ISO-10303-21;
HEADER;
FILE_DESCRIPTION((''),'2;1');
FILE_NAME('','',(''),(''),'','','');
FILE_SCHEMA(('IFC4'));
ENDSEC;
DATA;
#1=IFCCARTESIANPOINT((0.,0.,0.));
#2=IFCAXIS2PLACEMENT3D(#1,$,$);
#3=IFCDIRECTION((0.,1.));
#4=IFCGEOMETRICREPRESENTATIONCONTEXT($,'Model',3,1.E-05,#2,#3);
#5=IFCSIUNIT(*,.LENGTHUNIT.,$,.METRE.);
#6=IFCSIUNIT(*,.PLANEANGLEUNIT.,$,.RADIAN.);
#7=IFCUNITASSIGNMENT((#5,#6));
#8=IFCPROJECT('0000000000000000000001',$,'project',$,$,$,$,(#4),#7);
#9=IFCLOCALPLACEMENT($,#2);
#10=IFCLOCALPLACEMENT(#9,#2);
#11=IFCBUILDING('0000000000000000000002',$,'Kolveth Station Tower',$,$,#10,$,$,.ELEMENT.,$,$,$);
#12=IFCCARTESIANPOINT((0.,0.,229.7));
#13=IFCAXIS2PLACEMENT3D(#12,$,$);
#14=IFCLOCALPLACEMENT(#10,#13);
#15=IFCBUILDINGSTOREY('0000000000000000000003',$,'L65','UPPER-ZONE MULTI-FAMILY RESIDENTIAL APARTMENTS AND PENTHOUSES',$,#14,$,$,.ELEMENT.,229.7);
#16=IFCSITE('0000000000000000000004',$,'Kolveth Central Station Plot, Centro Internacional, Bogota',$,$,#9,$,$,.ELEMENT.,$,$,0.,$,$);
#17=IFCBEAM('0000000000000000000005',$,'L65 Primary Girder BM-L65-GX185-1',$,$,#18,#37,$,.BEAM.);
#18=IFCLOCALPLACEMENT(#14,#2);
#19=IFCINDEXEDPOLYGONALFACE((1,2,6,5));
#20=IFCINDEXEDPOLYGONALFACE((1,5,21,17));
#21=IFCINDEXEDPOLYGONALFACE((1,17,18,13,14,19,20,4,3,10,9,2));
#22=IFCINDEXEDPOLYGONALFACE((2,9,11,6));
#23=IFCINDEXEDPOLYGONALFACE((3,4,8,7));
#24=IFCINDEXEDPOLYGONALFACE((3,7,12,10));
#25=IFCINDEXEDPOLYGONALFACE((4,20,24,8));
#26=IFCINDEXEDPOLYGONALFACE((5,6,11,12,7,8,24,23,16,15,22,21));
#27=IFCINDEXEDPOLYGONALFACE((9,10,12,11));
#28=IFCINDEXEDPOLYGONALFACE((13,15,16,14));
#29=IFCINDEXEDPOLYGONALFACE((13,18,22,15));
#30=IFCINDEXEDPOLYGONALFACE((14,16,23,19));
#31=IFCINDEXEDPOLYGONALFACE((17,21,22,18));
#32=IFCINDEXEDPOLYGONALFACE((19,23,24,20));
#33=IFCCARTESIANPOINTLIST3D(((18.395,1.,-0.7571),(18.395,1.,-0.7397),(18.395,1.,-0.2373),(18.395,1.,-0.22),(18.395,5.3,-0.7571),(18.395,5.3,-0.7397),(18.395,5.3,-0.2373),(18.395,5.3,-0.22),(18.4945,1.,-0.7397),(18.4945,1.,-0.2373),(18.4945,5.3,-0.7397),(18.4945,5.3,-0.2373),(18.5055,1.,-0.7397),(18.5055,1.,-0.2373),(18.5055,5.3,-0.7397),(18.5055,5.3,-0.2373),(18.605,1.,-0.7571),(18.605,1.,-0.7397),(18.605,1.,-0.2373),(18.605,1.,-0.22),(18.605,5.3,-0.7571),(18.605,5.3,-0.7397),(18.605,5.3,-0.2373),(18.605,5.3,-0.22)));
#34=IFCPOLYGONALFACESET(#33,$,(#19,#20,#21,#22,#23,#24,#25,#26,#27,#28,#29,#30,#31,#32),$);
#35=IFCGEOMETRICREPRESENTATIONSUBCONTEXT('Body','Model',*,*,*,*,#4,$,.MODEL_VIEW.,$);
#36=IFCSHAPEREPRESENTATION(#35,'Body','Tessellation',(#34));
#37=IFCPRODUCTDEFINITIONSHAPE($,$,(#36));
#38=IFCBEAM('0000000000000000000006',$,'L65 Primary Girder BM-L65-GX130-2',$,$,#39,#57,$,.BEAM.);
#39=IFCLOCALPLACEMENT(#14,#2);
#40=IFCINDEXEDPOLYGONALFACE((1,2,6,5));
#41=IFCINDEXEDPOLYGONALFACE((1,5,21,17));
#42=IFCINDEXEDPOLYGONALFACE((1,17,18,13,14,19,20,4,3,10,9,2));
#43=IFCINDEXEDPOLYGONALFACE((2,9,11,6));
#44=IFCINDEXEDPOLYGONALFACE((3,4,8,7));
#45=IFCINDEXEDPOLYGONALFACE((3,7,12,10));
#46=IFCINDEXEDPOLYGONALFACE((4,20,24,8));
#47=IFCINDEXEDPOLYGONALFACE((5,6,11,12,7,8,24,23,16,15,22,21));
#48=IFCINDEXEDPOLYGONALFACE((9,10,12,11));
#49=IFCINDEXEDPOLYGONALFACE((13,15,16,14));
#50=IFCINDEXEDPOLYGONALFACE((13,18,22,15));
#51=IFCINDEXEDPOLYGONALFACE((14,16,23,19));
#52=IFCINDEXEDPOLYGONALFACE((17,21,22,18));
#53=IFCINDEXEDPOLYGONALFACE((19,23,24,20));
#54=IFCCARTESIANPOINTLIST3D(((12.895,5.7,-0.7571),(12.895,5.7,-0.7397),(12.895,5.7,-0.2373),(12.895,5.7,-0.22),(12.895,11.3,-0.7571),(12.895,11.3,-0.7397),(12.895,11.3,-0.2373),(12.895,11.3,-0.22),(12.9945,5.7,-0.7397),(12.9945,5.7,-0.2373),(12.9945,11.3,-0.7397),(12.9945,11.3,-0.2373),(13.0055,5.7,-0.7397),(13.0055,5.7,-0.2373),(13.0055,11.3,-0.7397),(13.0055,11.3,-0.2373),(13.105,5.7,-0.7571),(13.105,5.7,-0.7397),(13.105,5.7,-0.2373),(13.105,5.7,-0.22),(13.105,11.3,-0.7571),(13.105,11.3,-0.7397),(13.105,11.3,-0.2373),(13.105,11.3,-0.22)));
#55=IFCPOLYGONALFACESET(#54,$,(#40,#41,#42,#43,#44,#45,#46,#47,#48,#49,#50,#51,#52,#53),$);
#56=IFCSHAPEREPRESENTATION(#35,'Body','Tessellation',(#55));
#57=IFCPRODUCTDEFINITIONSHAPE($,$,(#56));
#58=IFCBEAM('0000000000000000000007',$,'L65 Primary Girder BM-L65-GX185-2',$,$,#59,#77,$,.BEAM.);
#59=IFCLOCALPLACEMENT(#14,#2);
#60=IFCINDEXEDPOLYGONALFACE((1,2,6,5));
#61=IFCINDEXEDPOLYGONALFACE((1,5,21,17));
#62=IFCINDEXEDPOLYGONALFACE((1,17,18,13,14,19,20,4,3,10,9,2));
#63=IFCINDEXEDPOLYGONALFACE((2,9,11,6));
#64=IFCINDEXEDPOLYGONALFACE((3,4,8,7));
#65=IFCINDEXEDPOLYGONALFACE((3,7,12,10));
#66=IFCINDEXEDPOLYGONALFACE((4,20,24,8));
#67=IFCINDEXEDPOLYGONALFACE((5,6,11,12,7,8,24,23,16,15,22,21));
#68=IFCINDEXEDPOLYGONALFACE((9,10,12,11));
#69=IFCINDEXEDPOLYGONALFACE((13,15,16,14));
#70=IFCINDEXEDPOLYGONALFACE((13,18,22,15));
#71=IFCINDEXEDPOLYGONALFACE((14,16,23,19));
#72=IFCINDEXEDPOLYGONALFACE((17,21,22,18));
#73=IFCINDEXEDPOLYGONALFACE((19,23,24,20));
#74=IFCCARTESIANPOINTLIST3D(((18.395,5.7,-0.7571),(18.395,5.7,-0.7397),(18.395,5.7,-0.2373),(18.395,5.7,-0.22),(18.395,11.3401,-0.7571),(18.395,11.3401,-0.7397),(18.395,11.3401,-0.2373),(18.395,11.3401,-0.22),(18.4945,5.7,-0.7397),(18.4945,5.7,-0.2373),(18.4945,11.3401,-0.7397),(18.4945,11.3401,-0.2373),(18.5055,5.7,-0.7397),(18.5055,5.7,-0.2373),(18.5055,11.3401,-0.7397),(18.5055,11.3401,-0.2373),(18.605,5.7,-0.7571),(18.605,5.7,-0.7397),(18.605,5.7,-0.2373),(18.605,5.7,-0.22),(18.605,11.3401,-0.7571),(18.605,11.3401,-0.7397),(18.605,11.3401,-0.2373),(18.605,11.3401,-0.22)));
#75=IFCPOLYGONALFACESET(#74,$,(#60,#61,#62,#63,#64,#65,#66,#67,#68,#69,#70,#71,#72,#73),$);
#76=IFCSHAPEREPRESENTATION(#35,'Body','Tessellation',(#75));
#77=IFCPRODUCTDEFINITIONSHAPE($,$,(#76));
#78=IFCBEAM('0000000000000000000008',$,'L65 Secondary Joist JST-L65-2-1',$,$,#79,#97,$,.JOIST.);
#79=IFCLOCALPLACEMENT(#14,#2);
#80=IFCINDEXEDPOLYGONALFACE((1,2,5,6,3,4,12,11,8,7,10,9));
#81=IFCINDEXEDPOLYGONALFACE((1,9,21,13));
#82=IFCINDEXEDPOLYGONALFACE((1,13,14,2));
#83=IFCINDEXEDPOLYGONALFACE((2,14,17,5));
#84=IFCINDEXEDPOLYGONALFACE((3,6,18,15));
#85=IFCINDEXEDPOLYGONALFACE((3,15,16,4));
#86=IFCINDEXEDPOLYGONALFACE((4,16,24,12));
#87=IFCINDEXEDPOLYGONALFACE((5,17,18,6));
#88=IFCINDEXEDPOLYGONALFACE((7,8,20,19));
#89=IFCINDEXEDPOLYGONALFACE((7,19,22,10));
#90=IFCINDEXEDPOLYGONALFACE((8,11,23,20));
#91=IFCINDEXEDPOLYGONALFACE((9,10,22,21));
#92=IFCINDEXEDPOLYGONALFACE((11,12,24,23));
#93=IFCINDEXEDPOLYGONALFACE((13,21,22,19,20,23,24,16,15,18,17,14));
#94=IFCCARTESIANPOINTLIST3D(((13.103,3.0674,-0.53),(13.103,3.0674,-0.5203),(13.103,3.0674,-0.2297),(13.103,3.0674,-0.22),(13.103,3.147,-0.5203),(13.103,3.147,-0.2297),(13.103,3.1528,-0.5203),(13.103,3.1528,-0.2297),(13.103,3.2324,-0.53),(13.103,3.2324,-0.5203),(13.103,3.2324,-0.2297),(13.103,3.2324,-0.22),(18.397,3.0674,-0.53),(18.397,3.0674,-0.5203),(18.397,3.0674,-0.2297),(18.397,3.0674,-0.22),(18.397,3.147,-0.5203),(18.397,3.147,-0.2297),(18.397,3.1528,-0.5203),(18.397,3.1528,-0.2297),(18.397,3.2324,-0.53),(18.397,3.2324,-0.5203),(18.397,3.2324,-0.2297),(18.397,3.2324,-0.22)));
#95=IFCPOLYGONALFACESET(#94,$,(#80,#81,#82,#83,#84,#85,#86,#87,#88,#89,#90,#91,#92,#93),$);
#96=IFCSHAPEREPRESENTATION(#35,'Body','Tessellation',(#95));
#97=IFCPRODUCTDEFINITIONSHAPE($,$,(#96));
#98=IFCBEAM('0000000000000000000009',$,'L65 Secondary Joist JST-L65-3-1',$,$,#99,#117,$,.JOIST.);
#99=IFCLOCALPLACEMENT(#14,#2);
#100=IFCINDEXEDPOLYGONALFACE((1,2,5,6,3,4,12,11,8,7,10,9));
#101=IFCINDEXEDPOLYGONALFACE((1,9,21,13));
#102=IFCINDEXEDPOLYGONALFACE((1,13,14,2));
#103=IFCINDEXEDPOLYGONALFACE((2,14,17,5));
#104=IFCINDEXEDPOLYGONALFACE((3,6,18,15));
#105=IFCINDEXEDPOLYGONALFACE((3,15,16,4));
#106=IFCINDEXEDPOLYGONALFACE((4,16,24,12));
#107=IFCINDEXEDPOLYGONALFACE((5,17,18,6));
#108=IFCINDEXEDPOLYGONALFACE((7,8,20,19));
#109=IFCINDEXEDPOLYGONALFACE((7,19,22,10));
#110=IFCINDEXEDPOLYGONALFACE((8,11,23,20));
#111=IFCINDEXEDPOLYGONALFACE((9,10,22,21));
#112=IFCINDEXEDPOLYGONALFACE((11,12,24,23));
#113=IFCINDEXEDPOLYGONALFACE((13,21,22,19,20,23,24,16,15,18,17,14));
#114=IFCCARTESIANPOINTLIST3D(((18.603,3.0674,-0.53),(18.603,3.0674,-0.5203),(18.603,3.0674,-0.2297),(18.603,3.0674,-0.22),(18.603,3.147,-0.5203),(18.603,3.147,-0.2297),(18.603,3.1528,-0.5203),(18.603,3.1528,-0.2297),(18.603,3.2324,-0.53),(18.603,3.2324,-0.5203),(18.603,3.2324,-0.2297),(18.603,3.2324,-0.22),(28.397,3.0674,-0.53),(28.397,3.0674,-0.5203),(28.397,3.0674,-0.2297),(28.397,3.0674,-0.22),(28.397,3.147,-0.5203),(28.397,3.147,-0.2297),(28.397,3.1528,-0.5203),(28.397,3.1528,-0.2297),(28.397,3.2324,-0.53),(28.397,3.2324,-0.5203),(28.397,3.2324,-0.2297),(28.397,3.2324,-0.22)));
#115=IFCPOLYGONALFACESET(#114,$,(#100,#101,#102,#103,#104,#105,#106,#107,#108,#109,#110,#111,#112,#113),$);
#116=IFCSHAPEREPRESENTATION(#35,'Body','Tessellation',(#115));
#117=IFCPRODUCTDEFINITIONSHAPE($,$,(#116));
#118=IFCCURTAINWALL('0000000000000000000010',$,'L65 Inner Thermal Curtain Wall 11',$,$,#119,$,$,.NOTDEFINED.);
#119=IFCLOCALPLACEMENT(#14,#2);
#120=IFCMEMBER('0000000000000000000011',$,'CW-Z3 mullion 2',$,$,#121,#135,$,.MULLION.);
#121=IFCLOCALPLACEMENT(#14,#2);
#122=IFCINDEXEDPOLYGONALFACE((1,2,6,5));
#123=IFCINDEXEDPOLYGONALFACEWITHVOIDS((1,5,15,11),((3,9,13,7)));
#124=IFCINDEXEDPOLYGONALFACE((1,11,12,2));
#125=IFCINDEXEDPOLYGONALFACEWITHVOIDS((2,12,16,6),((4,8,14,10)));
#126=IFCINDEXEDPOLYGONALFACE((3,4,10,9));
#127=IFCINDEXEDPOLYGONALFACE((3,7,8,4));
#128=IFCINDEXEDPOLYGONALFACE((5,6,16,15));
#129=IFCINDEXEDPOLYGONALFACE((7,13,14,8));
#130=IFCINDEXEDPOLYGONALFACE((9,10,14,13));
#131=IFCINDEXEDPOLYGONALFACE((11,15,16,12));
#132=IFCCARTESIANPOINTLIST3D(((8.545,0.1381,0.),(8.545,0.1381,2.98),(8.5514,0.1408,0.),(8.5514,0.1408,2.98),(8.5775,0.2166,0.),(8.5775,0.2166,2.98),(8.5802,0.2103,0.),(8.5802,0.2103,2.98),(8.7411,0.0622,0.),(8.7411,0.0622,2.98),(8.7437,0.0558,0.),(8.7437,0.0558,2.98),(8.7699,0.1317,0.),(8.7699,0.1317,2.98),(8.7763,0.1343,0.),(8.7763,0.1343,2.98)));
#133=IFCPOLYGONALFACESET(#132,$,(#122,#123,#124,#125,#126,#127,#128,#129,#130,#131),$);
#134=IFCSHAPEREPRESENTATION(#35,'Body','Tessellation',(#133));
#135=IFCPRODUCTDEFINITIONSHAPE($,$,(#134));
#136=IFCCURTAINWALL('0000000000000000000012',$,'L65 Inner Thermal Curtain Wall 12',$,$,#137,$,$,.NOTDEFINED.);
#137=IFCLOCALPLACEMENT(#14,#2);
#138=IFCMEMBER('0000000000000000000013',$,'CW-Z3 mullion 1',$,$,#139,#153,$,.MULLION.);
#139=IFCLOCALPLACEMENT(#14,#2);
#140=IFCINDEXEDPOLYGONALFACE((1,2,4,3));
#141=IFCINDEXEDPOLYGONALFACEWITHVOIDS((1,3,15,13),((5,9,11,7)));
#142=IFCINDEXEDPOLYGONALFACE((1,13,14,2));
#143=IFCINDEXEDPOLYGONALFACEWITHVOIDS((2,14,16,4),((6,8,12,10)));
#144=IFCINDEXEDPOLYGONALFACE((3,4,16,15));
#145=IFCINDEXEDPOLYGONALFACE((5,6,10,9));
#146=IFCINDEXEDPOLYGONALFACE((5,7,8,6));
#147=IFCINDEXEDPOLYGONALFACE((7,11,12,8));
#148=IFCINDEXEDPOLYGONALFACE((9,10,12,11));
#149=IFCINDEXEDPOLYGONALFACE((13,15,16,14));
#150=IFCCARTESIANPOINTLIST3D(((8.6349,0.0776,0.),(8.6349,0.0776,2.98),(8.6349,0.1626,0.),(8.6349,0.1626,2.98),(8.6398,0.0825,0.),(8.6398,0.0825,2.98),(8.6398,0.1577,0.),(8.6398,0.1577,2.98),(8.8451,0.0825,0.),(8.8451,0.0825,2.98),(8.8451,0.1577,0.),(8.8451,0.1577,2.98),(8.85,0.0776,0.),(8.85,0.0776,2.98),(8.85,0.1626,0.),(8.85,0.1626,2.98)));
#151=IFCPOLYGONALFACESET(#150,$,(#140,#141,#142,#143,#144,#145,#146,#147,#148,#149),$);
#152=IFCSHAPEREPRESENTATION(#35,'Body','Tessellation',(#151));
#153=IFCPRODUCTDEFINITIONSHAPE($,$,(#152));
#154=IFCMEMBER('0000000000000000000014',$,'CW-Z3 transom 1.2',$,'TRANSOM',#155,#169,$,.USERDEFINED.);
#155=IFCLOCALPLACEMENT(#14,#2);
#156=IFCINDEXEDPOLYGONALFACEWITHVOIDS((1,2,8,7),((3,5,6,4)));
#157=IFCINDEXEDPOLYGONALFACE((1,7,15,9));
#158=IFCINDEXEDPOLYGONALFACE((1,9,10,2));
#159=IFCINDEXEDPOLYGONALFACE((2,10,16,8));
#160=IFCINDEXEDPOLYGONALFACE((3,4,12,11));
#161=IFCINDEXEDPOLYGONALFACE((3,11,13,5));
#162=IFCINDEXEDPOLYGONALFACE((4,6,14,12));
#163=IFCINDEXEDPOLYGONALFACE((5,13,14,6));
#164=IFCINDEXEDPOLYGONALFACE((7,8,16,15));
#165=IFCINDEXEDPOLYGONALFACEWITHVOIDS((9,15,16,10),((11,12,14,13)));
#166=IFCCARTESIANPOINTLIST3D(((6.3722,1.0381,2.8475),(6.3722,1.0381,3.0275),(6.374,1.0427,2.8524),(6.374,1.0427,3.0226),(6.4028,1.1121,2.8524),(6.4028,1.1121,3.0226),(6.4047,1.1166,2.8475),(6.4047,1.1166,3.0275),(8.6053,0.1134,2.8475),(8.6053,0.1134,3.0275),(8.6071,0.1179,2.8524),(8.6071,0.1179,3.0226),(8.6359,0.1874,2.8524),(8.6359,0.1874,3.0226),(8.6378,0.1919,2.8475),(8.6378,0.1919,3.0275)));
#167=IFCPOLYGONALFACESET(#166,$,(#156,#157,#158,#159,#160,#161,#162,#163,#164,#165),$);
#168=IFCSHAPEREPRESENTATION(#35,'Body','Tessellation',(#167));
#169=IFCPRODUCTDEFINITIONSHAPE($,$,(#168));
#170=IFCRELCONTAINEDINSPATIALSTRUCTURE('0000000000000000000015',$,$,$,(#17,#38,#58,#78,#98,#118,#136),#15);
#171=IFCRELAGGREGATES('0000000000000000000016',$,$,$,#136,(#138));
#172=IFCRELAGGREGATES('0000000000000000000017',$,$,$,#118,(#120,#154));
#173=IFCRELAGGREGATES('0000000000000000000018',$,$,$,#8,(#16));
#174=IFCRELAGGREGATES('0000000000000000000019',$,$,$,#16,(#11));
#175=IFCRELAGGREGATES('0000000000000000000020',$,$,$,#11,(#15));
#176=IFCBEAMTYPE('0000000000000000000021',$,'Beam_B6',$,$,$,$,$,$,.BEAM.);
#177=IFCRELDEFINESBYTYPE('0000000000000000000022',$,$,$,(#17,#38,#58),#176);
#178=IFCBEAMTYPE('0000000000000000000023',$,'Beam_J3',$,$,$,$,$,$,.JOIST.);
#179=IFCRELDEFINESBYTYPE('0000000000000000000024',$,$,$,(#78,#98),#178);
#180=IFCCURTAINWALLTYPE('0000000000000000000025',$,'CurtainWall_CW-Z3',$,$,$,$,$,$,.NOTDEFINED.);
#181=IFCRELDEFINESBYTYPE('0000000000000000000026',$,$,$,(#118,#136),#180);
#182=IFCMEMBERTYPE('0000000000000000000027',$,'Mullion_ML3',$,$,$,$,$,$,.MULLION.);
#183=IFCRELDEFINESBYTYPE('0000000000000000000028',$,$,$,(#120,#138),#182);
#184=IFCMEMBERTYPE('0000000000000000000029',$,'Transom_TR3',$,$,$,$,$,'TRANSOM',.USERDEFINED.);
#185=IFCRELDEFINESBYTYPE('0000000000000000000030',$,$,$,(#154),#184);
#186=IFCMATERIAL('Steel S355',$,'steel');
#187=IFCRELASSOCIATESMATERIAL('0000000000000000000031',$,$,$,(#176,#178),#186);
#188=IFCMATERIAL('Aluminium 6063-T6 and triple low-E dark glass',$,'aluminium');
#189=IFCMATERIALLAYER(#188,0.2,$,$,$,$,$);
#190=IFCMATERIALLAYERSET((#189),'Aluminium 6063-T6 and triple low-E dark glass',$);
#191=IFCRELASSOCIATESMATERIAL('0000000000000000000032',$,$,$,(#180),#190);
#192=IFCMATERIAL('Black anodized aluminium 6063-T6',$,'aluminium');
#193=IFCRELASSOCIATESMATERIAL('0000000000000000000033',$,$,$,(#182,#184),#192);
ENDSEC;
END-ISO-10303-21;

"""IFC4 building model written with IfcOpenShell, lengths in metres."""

from ifc_helpers import new_model, si_unit, direction, frame, origin, origin_2d, place, context, subcontext, project, spatial, hollow_rectangle, i_section, extrude, source, transform, mapped, material, layer, layer_set, material_profile, profile_set, type_object, element, aggregate, save


model = new_model("IFC4")

# Units and contexts
model_context = context("Model", 3, precision=1e-05, world=origin(), true_north=direction((0.0, 1.0)))
body_context = subcontext(model_context, "Body", "Model", "MODEL_VIEW")
ifc_project = project(units=[si_unit("LENGTHUNIT", "METRE"), si_unit("PLANEANGLEUNIT", "RADIAN")], contexts=[model_context])

# Site, building, storey
site_placement = place(None, origin())
site = spatial("IfcSite", under=ifc_project, at=site_placement, Name="Kolveth Central Station Plot, Centro Internacional, Bogota", CompositionType="ELEMENT", RefElevation=0.0)
building_placement = place(site_placement, origin())
building = spatial("IfcBuilding", under=site, at=building_placement, Name="Kolveth Station Tower", CompositionType="ELEMENT")
storey_placement = place(building_placement, frame((0.0, 0.0, 229.7)))
storey = spatial("IfcBuildingStorey", under=building, at=storey_placement, Name="L65", Description="UPPER-ZONE MULTI-FAMILY RESIDENTIAL APARTMENTS AND PENTHOUSES", CompositionType="ELEMENT", Elevation=229.7)

# Shared definitions
ifc_material_1 = material(Name="Steel S355", Category="steel")

# Beams
ifc_material_profile_1 = material_profile(ifc_material_1, i_section(OverallWidth=0.21, OverallDepth=0.5371, WebThickness=0.011, FlangeThickness=0.0173, at=origin_2d()), Name="W530x101")
ifc_profile_set_1 = profile_set([ifc_material_profile_1], Name="Steel S355")
beam_type_1 = type_object("IfcBeamType", Name="Beam_B6", PredefinedType="BEAM", material=ifc_profile_set_1)
shared_shape_1 = source(origin(), body_context, "Body", "SweptSolid", [
    extrude(i_section(OverallWidth=0.21, OverallDepth=0.5371, WebThickness=0.011, FlangeThickness=0.0173, at=origin_2d()), origin(), (0.0, 0.0, 1.0), 4.3),
])
for number, where, z_axis, x_axis, name in (
    (1, (18.5, 1.0, -0.4885), (0.0, 1.0, 0.0), (-1.0, 0.0, 0.0), "L65 Primary Girder BM-L65-GX185-1"),
):
    element("IfcBeam", number, at=place(storey_placement, frame(where, z_axis=z_axis, x_axis=x_axis)), inside=storey, type_object=beam_type_1, Name=name, PredefinedType="BEAM", context=body_context, shape_type="MappedRepresentation", body=[
        mapped(shared_shape_1, transform((0.0, 0.0, 0.0), x_axis=(1.0, 0.0, 0.0), y_axis=(0.0, 1.0, 0.0), z_axis=(0.0, 0.0, 1.0), scale=1.0)),
    ])
shared_shape_2 = source(origin(), body_context, "Body", "SweptSolid", [
    extrude(i_section(OverallWidth=0.21, OverallDepth=0.5371, WebThickness=0.011, FlangeThickness=0.0173, at=origin_2d()), origin(), (0.0, 0.0, 1.0), 5.6001),
])
beam_1_placement = place(storey_placement, frame((13.0, 5.7, -0.4885), z_axis=(0.0, 1.0, 0.0), x_axis=(-1.0, 0.0, 0.0)))
element("IfcBeam", 2, at=beam_1_placement, inside=storey, type_object=beam_type_1, Name="L65 Primary Girder BM-L65-GX130-2", PredefinedType="BEAM", context=body_context, shape_type="MappedRepresentation", body=[
    mapped(shared_shape_2, transform((0.0, 0.0, 0.0), x_axis=(1.0, 0.0, 0.0), y_axis=(0.0, 1.0, 0.0), z_axis=(0.0, 0.0, 1.0), scale=1.0)),
])
shared_shape_3 = source(origin(), body_context, "Body", "SweptSolid", [
    extrude(i_section(OverallWidth=0.21, OverallDepth=0.5371, WebThickness=0.011, FlangeThickness=0.0173, at=origin_2d()), origin(), (0.0, 0.0, 1.0), 5.6401),
])
beam_2_placement = place(storey_placement, frame((18.5, 5.7, -0.4885), z_axis=(0.0, 1.0, 0.0), x_axis=(-1.0, 0.0, 0.0)))
element("IfcBeam", 3, at=beam_2_placement, inside=storey, type_object=beam_type_1, Name="L65 Primary Girder BM-L65-GX185-2", PredefinedType="BEAM", context=body_context, shape_type="MappedRepresentation", body=[
    mapped(shared_shape_3, transform((0.0, 0.0, 0.0), x_axis=(1.0, 0.0, 0.0), y_axis=(0.0, 1.0, 0.0), z_axis=(0.0, 0.0, 1.0), scale=1.0)),
])
ifc_material_profile_2 = material_profile(ifc_material_1, i_section(OverallWidth=0.165, OverallDepth=0.3101, WebThickness=0.0059, FlangeThickness=0.0098, at=origin_2d()), Name="W310x39")
ifc_profile_set_2 = profile_set([ifc_material_profile_2], Name="Steel S355")
beam_type_2 = type_object("IfcBeamType", Name="Beam_J3", PredefinedType="JOIST", material=ifc_profile_set_2)
shared_shape_4 = source(origin(), body_context, "Body", "SweptSolid", [
    extrude(i_section(OverallWidth=0.165, OverallDepth=0.3101, WebThickness=0.0059, FlangeThickness=0.0098, at=origin_2d()), origin(), (0.0, 0.0, 1.0), 5.2939),
])
beam_3_placement = place(storey_placement, frame((13.103, 3.1499, -0.375), z_axis=(1.0, 0.0, 0.0), x_axis=(0.0, 1.0, 0.0)))
element("IfcBeam", 4, at=beam_3_placement, inside=storey, type_object=beam_type_2, Name="L65 Secondary Joist JST-L65-2-1", PredefinedType="JOIST", context=body_context, shape_type="MappedRepresentation", body=[
    mapped(shared_shape_4, transform((0.0, 0.0, 0.0), x_axis=(1.0, 0.0, 0.0), y_axis=(0.0, 1.0, 0.0), z_axis=(0.0, 0.0, 1.0), scale=1.0)),
])
shared_shape_5 = source(origin(), body_context, "Body", "SweptSolid", [
    extrude(i_section(OverallWidth=0.165, OverallDepth=0.3101, WebThickness=0.0059, FlangeThickness=0.0098, at=origin_2d()), origin(), (0.0, 0.0, 1.0), 9.7939),
])
beam_4_placement = place(storey_placement, frame((18.603, 3.1499, -0.375), z_axis=(1.0, 0.0, 0.0), x_axis=(0.0, 1.0, 0.0)))
element("IfcBeam", 5, at=beam_4_placement, inside=storey, type_object=beam_type_2, Name="L65 Secondary Joist JST-L65-3-1", PredefinedType="JOIST", context=body_context, shape_type="MappedRepresentation", body=[
    mapped(shared_shape_5, transform((0.0, 0.0, 0.0), x_axis=(1.0, 0.0, 0.0), y_axis=(0.0, 1.0, 0.0), z_axis=(0.0, 0.0, 1.0), scale=1.0)),
])

# Curtain walls, members
ifc_material_2 = material(Name="Aluminium 6063-T6 and triple low-E dark glass", Category="aluminium")
ifc_layer_1 = layer(ifc_material_2, 0.2)
ifc_layer_set_1 = layer_set([ifc_layer_1], Name="Aluminium 6063-T6 and triple low-E dark glass")
curtain_wall_type = type_object("IfcCurtainWallType", Name="CurtainWall_CW-Z3", PredefinedType="NOTDEFINED", material=ifc_layer_set_1)
curtain_wall_1_placement = place(storey_placement, origin())
curtain_wall_1 = element("IfcCurtainWall", 6, at=curtain_wall_1_placement, inside=storey, type_object=curtain_wall_type, Name="L65 Inner Thermal Curtain Wall 11", PredefinedType="NOTDEFINED")
ifc_material_3 = material(Name="Black anodized aluminium 6063-T6", Category="aluminium")
ifc_material_profile_3 = material_profile(ifc_material_3, hollow_rectangle(XDim=0.085, YDim=0.2151, WallThickness=0.0049, at=origin_2d()), Name="ALU-85x215x5")
ifc_profile_set_3 = profile_set([ifc_material_profile_3], Name="Black anodized aluminium 6063-T6")
member_type_1 = type_object("IfcMemberType", Name="Mullion_ML3", PredefinedType="MULLION", material=ifc_profile_set_3)
shared_shape_6 = source(origin(), body_context, "Body", "SweptSolid", [
    extrude(hollow_rectangle(XDim=0.085, YDim=0.2151, WallThickness=0.0049, at=origin_2d()), origin(), (0.0, 0.0, 1.0), 2.98),
])
member_1_placement = place(storey_placement, frame((8.6606, 0.1362, 0.0), z_axis=(0.0, 0.0, 1.0), x_axis=(0.382693, 0.923875, 0.0)))
member_1 = element("IfcMember", 7, at=member_1_placement, type_object=member_type_1, Name="CW-Z3 mullion 2", PredefinedType="MULLION", context=body_context, shape_type="MappedRepresentation", body=[
    mapped(shared_shape_6, transform((0.0, 0.0, 0.0), x_axis=(1.0, 0.0, 0.0), y_axis=(0.0, 1.0, 0.0), z_axis=(0.0, 0.0, 1.0), scale=1.0)),
])
curtain_wall_2_placement = place(storey_placement, origin())
curtain_wall_2 = element("IfcCurtainWall", 8, at=curtain_wall_2_placement, inside=storey, type_object=curtain_wall_type, Name="L65 Inner Thermal Curtain Wall 12", PredefinedType="NOTDEFINED")
member_2_placement = place(storey_placement, frame((8.7424, 0.1201, 0.0), z_axis=(0.0, 0.0, 1.0), x_axis=(0.0, 1.0, 0.0)))
member_2 = element("IfcMember", 9, at=member_2_placement, type_object=member_type_1, Name="CW-Z3 mullion 1", PredefinedType="MULLION", context=body_context, shape_type="MappedRepresentation", body=[
    mapped(shared_shape_6, transform((0.0, 0.0, 0.0), x_axis=(1.0, 0.0, 0.0), y_axis=(0.0, 1.0, 0.0), z_axis=(0.0, 0.0, 1.0), scale=1.0)),
])

# Member
ifc_material_profile_4 = material_profile(ifc_material_3, hollow_rectangle(XDim=0.085, YDim=0.1799, WallThickness=0.0049, at=origin_2d()), Name="ALU-85x180x5")
ifc_profile_set_4 = profile_set([ifc_material_profile_4], Name="Black anodized aluminium 6063-T6")
member_type_2 = type_object("IfcMemberType", Name="Transom_TR3", ElementType="TRANSOM", PredefinedType="USERDEFINED", material=ifc_profile_set_4)
shared_shape_7 = source(origin(), body_context, "Body", "SweptSolid", [
    extrude(hollow_rectangle(XDim=0.085, YDim=0.1799, WallThickness=0.0049, at=origin_2d()), origin(), (0.0, 0.0, 1.0), 2.417),
])
member_3_placement = place(storey_placement, frame((6.3884, 1.0774, 2.9375), z_axis=(0.923909, -0.382613, 0.0), x_axis=(0.382613, 0.923909, 0.0)))
member_3 = element("IfcMember", 10, at=member_3_placement, type_object=member_type_2, Name="CW-Z3 transom 1.2", ObjectType="TRANSOM", PredefinedType="USERDEFINED", context=body_context, shape_type="MappedRepresentation", body=[
    mapped(shared_shape_7, transform((0.0, 0.0, 0.0), x_axis=(1.0, 0.0, 0.0), y_axis=(0.0, 1.0, 0.0), z_axis=(0.0, 0.0, 1.0), scale=1.0)),
])
aggregate(curtain_wall_2, [member_2])

aggregate(curtain_wall_1, [member_1, member_3])

save(model, "model.ifc")
